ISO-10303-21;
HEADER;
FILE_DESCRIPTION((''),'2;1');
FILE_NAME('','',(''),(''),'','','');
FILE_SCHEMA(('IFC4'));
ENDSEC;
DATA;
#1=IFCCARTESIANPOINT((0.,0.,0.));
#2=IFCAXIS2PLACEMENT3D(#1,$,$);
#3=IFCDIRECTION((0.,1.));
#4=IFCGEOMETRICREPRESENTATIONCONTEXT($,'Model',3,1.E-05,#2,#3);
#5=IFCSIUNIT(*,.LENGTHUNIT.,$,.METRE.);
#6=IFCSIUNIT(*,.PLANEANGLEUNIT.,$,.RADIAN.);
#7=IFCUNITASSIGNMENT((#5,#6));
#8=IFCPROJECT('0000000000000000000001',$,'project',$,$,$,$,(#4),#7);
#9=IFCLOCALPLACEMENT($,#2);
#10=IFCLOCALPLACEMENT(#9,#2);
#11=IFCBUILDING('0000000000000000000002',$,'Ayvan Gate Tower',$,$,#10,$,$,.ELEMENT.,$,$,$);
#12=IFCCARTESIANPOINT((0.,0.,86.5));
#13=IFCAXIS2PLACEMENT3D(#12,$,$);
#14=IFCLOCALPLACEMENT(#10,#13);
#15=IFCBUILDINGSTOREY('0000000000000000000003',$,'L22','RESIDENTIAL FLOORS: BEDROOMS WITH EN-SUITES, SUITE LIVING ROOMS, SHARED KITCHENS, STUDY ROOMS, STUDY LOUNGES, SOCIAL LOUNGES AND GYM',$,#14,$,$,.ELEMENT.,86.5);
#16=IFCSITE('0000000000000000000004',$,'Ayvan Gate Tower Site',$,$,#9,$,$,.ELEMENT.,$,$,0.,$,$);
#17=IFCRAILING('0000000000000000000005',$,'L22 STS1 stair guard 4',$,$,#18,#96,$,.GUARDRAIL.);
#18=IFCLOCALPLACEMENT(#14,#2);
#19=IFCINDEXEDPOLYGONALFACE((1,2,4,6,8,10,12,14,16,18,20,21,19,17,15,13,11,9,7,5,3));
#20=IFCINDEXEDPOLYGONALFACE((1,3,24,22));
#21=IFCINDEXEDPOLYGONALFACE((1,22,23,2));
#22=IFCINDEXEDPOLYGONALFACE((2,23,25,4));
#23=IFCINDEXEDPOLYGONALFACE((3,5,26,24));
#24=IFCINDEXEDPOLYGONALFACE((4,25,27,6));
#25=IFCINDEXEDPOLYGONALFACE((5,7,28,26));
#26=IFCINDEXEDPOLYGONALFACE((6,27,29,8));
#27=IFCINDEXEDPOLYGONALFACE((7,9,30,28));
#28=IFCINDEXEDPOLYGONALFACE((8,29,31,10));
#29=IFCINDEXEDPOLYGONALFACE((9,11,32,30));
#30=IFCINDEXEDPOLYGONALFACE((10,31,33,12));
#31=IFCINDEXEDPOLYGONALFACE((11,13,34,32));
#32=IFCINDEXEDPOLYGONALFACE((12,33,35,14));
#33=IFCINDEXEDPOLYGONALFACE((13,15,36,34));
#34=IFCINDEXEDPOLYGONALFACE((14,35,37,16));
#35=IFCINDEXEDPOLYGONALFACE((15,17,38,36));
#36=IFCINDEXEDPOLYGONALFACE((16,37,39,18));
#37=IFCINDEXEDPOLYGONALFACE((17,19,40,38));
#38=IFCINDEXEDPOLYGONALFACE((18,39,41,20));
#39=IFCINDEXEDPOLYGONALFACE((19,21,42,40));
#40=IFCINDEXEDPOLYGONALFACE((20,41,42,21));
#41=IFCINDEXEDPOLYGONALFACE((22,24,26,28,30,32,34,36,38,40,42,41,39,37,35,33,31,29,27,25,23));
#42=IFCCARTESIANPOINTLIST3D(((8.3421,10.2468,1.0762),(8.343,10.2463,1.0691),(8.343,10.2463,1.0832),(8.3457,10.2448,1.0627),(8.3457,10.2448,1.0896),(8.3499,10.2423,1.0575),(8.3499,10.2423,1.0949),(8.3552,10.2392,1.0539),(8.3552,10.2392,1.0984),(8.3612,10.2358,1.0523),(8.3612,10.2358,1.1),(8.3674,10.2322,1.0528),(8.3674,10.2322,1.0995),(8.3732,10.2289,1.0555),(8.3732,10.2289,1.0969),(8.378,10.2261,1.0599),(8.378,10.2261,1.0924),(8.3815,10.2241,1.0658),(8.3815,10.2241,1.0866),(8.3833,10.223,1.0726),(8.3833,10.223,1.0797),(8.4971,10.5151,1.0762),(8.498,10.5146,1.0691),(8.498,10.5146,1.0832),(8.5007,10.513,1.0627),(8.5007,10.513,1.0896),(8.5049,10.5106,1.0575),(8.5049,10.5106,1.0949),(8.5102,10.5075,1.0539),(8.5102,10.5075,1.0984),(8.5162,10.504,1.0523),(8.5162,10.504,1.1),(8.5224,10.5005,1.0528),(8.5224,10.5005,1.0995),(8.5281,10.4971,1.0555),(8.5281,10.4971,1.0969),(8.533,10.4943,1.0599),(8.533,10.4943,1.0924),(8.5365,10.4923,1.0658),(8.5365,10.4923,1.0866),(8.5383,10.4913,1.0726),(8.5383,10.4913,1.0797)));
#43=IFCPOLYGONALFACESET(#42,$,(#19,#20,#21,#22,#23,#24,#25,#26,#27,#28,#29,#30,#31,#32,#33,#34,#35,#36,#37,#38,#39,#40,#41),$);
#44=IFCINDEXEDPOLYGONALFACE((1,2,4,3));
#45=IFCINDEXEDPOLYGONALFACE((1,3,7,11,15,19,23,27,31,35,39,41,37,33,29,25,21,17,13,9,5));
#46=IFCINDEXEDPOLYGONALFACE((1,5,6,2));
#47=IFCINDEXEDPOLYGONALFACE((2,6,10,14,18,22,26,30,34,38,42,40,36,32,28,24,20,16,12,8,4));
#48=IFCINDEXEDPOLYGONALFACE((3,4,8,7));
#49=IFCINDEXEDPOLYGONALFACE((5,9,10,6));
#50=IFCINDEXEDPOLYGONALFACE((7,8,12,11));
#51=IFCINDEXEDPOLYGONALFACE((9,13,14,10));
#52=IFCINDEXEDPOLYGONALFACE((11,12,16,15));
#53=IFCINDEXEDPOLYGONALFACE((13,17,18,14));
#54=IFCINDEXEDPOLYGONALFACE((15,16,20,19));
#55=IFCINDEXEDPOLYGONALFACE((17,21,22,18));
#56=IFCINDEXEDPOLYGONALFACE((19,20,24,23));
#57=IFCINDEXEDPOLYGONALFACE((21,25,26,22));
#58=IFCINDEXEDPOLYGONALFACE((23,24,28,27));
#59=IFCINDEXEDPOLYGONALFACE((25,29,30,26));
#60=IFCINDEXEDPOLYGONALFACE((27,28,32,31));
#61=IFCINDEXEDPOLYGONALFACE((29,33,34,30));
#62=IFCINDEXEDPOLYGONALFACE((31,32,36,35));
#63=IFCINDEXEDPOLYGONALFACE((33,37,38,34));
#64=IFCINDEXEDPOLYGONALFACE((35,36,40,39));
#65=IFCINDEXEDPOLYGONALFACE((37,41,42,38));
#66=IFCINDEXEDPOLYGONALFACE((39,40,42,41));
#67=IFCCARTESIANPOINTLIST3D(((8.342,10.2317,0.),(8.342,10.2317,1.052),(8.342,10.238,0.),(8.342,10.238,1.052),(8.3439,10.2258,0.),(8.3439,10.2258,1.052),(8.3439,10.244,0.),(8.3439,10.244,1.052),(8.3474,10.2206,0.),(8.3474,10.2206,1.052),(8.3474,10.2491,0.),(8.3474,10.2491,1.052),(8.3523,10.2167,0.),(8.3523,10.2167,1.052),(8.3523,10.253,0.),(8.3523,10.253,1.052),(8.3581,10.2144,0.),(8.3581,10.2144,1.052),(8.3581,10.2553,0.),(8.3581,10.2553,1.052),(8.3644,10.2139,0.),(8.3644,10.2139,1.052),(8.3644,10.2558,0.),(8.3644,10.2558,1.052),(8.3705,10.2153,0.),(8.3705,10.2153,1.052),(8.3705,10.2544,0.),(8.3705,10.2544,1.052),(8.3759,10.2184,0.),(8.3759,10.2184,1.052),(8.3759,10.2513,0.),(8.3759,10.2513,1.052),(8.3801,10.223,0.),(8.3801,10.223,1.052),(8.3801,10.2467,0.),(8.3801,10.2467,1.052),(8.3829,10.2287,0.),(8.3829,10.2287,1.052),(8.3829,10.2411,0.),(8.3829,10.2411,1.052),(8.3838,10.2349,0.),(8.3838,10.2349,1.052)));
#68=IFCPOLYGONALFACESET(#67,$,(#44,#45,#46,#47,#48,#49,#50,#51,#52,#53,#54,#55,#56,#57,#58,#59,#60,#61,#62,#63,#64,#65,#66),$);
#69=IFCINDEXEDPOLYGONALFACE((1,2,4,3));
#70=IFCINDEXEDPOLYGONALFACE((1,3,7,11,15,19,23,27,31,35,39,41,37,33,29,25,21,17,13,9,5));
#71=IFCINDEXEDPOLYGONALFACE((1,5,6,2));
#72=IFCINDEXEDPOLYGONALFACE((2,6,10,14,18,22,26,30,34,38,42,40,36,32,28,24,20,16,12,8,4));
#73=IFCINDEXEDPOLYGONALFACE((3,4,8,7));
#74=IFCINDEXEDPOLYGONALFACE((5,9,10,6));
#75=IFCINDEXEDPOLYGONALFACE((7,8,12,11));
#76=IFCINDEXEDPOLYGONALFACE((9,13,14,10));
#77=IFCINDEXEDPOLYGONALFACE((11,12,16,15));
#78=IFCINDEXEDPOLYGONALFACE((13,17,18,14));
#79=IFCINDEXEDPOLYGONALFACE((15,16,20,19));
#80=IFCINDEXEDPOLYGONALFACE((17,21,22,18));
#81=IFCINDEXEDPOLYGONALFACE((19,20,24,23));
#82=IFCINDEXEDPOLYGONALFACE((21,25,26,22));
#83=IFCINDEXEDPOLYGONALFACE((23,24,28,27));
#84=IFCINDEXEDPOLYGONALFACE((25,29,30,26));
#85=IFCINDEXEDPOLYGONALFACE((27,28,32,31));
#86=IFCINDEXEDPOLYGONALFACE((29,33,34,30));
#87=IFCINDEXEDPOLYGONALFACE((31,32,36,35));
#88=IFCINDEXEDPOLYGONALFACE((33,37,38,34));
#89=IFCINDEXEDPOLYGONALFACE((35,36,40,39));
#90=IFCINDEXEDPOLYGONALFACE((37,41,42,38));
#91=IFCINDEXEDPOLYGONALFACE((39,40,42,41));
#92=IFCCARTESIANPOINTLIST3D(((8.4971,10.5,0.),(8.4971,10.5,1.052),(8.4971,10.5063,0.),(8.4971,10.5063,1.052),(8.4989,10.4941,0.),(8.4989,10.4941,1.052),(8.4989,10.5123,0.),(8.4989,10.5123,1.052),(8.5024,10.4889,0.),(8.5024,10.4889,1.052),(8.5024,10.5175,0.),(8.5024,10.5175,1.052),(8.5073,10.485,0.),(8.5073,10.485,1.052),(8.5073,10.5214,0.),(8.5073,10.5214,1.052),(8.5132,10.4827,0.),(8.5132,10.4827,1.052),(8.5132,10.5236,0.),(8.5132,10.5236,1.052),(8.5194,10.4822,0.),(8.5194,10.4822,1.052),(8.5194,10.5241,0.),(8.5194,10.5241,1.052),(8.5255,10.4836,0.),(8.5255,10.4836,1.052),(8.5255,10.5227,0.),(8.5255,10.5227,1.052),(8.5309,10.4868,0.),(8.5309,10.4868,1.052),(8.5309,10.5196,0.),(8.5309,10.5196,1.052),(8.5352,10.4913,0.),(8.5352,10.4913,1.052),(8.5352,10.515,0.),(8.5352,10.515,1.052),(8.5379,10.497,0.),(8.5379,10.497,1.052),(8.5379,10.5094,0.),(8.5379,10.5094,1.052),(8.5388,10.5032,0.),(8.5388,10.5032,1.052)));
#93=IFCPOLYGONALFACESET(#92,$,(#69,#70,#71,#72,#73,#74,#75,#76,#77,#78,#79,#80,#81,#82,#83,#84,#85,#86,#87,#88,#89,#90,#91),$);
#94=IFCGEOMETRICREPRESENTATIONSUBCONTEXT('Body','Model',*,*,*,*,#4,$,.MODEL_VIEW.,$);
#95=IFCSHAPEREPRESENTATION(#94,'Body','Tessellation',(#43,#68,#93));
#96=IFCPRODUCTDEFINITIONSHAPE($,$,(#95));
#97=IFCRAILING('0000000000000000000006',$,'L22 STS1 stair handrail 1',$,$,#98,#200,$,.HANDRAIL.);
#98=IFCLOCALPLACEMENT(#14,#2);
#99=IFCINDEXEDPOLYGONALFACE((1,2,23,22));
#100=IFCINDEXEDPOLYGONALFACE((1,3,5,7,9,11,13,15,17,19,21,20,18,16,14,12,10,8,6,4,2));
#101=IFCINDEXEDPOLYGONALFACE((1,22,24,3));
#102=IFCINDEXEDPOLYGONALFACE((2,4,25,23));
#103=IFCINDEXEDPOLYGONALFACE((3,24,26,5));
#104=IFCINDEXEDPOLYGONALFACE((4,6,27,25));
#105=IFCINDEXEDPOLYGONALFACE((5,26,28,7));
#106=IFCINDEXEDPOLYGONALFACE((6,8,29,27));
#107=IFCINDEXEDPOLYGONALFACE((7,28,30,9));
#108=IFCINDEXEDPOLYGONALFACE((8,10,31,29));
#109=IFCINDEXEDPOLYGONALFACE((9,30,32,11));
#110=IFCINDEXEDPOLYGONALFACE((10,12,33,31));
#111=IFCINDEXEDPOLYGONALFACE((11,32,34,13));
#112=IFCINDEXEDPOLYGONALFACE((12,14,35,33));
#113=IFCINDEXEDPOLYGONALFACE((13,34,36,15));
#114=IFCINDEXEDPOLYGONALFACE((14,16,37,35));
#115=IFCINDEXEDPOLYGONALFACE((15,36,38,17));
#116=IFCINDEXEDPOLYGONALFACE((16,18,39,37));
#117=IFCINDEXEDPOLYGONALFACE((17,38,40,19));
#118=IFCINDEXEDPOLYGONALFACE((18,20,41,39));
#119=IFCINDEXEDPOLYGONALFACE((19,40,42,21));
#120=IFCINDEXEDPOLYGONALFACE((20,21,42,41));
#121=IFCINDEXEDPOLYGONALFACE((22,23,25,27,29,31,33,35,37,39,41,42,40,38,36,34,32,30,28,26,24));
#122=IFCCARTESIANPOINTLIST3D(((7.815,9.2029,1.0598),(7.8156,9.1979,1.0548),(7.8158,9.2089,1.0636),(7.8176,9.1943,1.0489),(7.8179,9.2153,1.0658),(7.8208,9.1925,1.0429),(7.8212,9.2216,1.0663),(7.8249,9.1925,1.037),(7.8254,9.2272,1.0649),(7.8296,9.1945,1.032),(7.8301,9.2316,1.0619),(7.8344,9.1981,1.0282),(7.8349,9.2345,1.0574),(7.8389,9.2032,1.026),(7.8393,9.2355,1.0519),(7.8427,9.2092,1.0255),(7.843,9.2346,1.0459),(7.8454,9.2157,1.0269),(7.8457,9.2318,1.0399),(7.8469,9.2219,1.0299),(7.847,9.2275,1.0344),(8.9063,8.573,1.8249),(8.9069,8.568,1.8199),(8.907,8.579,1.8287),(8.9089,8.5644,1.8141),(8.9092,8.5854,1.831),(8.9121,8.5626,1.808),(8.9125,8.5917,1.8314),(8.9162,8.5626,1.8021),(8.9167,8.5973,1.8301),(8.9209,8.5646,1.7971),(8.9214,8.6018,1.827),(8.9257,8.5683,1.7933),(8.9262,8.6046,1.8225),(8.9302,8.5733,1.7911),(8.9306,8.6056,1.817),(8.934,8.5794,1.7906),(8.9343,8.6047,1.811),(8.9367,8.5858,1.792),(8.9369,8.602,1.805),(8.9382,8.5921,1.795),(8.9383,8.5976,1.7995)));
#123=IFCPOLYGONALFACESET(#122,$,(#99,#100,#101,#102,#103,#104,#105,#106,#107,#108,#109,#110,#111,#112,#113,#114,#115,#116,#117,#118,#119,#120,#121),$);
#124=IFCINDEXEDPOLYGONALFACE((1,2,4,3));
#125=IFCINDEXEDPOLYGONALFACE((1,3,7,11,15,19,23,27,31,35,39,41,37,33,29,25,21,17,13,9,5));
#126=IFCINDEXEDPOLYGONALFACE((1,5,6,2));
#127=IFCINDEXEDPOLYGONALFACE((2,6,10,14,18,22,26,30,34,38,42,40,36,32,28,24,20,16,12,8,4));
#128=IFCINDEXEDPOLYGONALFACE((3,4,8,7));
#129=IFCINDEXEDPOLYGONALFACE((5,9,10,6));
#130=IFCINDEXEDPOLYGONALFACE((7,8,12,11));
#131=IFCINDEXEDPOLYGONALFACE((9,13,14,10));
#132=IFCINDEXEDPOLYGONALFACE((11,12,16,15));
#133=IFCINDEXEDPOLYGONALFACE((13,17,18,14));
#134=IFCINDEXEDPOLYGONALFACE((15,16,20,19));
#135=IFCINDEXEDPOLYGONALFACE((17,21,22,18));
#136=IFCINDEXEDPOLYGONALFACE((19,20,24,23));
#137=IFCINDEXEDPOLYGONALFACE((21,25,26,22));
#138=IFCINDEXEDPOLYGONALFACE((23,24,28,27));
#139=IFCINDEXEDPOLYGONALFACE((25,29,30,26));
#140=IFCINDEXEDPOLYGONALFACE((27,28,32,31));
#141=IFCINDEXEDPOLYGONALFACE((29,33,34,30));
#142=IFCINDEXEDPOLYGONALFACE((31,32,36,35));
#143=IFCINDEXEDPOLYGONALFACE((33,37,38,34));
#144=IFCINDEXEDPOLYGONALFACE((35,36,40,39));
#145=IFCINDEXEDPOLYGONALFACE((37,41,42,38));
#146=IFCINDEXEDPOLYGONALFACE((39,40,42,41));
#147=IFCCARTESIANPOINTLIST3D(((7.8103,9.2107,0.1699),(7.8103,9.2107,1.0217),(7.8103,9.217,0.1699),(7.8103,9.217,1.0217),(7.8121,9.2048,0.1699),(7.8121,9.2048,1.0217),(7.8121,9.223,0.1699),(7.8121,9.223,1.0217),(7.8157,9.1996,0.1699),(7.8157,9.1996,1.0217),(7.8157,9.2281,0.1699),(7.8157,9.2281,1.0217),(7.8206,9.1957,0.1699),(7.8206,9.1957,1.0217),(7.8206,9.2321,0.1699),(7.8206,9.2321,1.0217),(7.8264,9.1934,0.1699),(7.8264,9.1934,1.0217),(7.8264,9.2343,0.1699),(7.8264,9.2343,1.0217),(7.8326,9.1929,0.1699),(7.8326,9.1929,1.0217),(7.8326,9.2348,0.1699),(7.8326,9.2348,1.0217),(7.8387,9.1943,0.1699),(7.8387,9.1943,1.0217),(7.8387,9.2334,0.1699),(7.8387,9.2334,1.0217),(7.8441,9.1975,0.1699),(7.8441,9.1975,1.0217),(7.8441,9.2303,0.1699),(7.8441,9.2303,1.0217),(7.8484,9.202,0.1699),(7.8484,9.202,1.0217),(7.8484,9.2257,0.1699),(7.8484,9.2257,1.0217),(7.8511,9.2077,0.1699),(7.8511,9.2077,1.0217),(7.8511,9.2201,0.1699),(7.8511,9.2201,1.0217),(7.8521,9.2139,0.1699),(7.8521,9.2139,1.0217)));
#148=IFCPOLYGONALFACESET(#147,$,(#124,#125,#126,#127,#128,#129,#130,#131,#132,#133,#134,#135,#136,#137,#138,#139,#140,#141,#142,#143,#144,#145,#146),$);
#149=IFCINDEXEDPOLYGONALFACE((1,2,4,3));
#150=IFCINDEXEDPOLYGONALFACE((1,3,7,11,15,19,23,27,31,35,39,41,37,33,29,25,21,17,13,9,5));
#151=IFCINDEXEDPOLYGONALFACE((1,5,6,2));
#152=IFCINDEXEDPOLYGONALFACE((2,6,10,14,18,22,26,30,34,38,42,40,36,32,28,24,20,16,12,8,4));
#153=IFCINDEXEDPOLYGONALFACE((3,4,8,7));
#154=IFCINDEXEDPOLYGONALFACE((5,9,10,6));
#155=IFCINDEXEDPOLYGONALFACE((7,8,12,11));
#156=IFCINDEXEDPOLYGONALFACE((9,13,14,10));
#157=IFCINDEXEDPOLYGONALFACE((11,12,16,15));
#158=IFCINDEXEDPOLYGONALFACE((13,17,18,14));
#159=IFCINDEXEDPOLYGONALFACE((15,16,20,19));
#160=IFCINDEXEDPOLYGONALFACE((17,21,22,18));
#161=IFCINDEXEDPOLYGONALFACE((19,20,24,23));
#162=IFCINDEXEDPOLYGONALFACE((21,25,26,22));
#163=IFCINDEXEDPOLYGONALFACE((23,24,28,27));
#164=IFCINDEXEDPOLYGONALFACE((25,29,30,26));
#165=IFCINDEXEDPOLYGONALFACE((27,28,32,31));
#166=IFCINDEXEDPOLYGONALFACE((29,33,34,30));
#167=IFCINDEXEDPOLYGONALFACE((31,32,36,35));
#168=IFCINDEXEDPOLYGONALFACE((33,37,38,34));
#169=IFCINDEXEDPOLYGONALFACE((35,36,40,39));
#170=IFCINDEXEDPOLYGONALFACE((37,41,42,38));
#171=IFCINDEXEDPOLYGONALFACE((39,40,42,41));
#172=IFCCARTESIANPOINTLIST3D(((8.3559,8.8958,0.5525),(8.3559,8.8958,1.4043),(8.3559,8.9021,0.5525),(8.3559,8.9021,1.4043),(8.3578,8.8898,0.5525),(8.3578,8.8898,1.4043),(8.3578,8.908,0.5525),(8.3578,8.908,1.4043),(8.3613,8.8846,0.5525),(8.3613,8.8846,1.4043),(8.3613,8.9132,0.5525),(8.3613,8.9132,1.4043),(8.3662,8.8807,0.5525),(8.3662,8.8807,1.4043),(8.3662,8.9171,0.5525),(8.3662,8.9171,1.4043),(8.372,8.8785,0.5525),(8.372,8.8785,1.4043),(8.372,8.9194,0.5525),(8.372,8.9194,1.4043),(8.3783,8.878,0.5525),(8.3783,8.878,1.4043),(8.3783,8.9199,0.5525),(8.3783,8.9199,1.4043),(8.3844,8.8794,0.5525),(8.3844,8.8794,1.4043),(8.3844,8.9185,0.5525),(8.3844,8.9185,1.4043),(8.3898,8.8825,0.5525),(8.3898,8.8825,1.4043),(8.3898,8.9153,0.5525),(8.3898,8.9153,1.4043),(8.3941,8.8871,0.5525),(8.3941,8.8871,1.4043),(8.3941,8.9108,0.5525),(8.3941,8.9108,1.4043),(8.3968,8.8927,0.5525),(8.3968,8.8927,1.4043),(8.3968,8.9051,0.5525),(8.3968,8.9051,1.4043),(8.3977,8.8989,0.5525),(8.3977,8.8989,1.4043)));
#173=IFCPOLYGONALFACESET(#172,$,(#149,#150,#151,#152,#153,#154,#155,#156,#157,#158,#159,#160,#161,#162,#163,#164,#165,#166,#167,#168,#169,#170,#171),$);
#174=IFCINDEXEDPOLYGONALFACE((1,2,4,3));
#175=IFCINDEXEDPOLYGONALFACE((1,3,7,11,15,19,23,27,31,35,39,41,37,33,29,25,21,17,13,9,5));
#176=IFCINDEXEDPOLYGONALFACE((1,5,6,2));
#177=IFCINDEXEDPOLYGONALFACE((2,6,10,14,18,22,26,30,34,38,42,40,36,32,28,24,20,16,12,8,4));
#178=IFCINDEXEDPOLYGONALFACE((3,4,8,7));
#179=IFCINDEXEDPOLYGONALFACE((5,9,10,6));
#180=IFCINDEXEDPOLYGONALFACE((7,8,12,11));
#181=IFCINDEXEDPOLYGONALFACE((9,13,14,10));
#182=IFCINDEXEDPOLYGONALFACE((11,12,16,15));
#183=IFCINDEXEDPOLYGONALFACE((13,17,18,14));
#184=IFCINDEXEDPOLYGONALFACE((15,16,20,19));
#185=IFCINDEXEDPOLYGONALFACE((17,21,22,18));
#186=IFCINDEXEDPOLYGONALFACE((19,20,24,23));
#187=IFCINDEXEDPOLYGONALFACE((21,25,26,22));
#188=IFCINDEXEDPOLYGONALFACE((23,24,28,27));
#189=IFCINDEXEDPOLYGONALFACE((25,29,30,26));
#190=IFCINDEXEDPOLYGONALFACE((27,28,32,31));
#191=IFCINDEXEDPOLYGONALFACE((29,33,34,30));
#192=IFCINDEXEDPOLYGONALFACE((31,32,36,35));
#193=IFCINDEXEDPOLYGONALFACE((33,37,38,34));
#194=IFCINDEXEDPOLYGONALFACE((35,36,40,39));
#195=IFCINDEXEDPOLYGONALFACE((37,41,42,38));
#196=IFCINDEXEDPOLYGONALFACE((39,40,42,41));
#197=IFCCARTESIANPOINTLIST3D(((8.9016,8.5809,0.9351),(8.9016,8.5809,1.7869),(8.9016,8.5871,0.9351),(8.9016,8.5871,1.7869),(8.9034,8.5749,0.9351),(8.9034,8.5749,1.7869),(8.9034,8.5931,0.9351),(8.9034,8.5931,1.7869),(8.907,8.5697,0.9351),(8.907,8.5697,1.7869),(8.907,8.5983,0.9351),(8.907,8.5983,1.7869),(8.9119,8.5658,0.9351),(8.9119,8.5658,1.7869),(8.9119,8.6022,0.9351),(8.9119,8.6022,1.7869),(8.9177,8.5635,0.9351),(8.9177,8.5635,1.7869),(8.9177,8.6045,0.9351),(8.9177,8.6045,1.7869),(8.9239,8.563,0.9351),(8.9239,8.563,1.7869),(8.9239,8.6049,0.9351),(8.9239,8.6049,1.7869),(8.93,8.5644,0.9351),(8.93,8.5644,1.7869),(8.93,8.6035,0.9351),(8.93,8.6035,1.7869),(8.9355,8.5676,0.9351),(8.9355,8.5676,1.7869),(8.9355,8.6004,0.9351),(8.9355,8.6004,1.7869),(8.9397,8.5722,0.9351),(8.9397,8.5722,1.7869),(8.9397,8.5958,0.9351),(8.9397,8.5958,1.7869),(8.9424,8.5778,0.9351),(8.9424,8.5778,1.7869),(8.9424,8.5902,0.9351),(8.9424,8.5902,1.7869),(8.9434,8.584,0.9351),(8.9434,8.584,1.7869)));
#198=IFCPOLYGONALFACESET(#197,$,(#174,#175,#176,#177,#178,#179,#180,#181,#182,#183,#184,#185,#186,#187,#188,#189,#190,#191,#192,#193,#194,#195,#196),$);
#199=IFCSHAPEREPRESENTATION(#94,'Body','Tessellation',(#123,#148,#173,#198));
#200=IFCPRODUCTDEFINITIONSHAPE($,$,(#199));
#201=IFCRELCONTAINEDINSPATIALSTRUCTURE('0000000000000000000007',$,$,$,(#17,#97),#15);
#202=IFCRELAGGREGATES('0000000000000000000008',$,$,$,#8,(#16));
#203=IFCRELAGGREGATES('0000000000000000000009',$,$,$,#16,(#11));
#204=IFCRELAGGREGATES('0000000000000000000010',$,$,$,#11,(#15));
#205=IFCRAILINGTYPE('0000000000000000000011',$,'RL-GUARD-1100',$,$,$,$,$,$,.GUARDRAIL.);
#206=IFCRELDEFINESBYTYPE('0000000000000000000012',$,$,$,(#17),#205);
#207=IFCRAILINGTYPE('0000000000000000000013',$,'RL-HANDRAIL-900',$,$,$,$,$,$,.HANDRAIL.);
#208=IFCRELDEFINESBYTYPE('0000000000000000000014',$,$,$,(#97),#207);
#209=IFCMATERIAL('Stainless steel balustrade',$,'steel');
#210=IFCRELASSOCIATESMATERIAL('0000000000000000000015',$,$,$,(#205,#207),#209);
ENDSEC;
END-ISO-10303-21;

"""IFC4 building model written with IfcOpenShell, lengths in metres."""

from ifc_helpers import new_model, si_unit, direction, frame, origin, origin_2d, place, context, subcontext, project, spatial, circle, extrude, material, type_object, element, save


model = new_model("IFC4")

# Units and contexts
model_context = context("Model", 3, precision=1e-05, world=origin(), true_north=direction((0.0, 1.0)))
body_context = subcontext(model_context, "Body", "Model", "MODEL_VIEW")
ifc_project = project(units=[si_unit("LENGTHUNIT", "METRE"), si_unit("PLANEANGLEUNIT", "RADIAN")], contexts=[model_context])

# Site, building, storey
site_placement = place(None, origin())
site = spatial("IfcSite", under=ifc_project, at=site_placement, Name="Ayvan Gate Tower Site", CompositionType="ELEMENT", RefElevation=0.0)
building_placement = place(site_placement, origin())
building = spatial("IfcBuilding", under=site, at=building_placement, Name="Ayvan Gate Tower", CompositionType="ELEMENT")
storey_placement = place(building_placement, frame((0.0, 0.0, 86.5)))
storey = spatial("IfcBuildingStorey", under=building, at=storey_placement, Name="L22", Description="RESIDENTIAL FLOORS: BEDROOMS WITH EN-SUITES, SUITE LIVING ROOMS, SHARED KITCHENS, STUDY ROOMS, STUDY LOUNGES, SOCIAL LOUNGES AND GYM", CompositionType="ELEMENT", Elevation=86.5)

# Railings
ifc_material_1 = material(Name="Stainless steel balustrade", Category="steel")
railing_type_1 = type_object("IfcRailingType", Name="RL-GUARD-1100", PredefinedType="GUARDRAIL", material=ifc_material_1)
railing_1_placement = place(storey_placement, frame((8.3628, 10.2349, 0.0)))
element("IfcRailing", 1, at=railing_1_placement, inside=storey, type_object=railing_type_1, Name="L22 STS1 stair guard 4", PredefinedType="GUARDRAIL", context=body_context, shape_type="SweptSolid", body=[
    extrude(circle(Radius=0.0239, at=origin_2d()), frame((0.0, 0.0, 1.0762), z_axis=(0.500291, 0.865857, 0.0), x_axis=(-0.865857, 0.500291, 0.0)), (0.0, 0.0, 1.0), 0.3098),
    extrude(circle(Radius=0.021, at=origin_2d()), origin(), (0.0, 0.0, 1.0), 1.052),
    extrude(circle(Radius=0.021, at=origin_2d()), frame((0.155, 0.2683, 0.0)), (0.0, 0.0, 1.0), 1.052),
])
railing_type_2 = type_object("IfcRailingType", Name="RL-HANDRAIL-900", PredefinedType="HANDRAIL", material=ifc_material_1)
railing_2_placement = place(storey_placement, frame((7.8311, 9.2139, 0.1699)))
element("IfcRailing", 2, at=railing_2_placement, inside=storey, type_object=railing_type_2, Name="L22 STS1 stair handrail 1", PredefinedType="HANDRAIL", context=body_context, shape_type="SweptSolid", body=[
    extrude(circle(Radius=0.0239, at=origin_2d()), frame((0.0, 0.0, 0.876), z_axis=(0.740293, -0.427283, 0.519033), x_axis=(0.49989, 0.866089, 0.0)), (0.0, 0.0, 1.0), 1.4741),
    extrude(circle(Radius=0.021, at=origin_2d()), origin(), (0.0, 0.0, 1.0), 0.8518),
    extrude(circle(Radius=0.021, at=origin_2d()), frame((0.5457, -0.3149, 0.3826)), (0.0, 0.0, 1.0), 0.8518),
    extrude(circle(Radius=0.021, at=origin_2d()), frame((1.0913, -0.6299, 0.7651)), (0.0, 0.0, 1.0), 0.8518),
])

save(model, "model.ifc")
